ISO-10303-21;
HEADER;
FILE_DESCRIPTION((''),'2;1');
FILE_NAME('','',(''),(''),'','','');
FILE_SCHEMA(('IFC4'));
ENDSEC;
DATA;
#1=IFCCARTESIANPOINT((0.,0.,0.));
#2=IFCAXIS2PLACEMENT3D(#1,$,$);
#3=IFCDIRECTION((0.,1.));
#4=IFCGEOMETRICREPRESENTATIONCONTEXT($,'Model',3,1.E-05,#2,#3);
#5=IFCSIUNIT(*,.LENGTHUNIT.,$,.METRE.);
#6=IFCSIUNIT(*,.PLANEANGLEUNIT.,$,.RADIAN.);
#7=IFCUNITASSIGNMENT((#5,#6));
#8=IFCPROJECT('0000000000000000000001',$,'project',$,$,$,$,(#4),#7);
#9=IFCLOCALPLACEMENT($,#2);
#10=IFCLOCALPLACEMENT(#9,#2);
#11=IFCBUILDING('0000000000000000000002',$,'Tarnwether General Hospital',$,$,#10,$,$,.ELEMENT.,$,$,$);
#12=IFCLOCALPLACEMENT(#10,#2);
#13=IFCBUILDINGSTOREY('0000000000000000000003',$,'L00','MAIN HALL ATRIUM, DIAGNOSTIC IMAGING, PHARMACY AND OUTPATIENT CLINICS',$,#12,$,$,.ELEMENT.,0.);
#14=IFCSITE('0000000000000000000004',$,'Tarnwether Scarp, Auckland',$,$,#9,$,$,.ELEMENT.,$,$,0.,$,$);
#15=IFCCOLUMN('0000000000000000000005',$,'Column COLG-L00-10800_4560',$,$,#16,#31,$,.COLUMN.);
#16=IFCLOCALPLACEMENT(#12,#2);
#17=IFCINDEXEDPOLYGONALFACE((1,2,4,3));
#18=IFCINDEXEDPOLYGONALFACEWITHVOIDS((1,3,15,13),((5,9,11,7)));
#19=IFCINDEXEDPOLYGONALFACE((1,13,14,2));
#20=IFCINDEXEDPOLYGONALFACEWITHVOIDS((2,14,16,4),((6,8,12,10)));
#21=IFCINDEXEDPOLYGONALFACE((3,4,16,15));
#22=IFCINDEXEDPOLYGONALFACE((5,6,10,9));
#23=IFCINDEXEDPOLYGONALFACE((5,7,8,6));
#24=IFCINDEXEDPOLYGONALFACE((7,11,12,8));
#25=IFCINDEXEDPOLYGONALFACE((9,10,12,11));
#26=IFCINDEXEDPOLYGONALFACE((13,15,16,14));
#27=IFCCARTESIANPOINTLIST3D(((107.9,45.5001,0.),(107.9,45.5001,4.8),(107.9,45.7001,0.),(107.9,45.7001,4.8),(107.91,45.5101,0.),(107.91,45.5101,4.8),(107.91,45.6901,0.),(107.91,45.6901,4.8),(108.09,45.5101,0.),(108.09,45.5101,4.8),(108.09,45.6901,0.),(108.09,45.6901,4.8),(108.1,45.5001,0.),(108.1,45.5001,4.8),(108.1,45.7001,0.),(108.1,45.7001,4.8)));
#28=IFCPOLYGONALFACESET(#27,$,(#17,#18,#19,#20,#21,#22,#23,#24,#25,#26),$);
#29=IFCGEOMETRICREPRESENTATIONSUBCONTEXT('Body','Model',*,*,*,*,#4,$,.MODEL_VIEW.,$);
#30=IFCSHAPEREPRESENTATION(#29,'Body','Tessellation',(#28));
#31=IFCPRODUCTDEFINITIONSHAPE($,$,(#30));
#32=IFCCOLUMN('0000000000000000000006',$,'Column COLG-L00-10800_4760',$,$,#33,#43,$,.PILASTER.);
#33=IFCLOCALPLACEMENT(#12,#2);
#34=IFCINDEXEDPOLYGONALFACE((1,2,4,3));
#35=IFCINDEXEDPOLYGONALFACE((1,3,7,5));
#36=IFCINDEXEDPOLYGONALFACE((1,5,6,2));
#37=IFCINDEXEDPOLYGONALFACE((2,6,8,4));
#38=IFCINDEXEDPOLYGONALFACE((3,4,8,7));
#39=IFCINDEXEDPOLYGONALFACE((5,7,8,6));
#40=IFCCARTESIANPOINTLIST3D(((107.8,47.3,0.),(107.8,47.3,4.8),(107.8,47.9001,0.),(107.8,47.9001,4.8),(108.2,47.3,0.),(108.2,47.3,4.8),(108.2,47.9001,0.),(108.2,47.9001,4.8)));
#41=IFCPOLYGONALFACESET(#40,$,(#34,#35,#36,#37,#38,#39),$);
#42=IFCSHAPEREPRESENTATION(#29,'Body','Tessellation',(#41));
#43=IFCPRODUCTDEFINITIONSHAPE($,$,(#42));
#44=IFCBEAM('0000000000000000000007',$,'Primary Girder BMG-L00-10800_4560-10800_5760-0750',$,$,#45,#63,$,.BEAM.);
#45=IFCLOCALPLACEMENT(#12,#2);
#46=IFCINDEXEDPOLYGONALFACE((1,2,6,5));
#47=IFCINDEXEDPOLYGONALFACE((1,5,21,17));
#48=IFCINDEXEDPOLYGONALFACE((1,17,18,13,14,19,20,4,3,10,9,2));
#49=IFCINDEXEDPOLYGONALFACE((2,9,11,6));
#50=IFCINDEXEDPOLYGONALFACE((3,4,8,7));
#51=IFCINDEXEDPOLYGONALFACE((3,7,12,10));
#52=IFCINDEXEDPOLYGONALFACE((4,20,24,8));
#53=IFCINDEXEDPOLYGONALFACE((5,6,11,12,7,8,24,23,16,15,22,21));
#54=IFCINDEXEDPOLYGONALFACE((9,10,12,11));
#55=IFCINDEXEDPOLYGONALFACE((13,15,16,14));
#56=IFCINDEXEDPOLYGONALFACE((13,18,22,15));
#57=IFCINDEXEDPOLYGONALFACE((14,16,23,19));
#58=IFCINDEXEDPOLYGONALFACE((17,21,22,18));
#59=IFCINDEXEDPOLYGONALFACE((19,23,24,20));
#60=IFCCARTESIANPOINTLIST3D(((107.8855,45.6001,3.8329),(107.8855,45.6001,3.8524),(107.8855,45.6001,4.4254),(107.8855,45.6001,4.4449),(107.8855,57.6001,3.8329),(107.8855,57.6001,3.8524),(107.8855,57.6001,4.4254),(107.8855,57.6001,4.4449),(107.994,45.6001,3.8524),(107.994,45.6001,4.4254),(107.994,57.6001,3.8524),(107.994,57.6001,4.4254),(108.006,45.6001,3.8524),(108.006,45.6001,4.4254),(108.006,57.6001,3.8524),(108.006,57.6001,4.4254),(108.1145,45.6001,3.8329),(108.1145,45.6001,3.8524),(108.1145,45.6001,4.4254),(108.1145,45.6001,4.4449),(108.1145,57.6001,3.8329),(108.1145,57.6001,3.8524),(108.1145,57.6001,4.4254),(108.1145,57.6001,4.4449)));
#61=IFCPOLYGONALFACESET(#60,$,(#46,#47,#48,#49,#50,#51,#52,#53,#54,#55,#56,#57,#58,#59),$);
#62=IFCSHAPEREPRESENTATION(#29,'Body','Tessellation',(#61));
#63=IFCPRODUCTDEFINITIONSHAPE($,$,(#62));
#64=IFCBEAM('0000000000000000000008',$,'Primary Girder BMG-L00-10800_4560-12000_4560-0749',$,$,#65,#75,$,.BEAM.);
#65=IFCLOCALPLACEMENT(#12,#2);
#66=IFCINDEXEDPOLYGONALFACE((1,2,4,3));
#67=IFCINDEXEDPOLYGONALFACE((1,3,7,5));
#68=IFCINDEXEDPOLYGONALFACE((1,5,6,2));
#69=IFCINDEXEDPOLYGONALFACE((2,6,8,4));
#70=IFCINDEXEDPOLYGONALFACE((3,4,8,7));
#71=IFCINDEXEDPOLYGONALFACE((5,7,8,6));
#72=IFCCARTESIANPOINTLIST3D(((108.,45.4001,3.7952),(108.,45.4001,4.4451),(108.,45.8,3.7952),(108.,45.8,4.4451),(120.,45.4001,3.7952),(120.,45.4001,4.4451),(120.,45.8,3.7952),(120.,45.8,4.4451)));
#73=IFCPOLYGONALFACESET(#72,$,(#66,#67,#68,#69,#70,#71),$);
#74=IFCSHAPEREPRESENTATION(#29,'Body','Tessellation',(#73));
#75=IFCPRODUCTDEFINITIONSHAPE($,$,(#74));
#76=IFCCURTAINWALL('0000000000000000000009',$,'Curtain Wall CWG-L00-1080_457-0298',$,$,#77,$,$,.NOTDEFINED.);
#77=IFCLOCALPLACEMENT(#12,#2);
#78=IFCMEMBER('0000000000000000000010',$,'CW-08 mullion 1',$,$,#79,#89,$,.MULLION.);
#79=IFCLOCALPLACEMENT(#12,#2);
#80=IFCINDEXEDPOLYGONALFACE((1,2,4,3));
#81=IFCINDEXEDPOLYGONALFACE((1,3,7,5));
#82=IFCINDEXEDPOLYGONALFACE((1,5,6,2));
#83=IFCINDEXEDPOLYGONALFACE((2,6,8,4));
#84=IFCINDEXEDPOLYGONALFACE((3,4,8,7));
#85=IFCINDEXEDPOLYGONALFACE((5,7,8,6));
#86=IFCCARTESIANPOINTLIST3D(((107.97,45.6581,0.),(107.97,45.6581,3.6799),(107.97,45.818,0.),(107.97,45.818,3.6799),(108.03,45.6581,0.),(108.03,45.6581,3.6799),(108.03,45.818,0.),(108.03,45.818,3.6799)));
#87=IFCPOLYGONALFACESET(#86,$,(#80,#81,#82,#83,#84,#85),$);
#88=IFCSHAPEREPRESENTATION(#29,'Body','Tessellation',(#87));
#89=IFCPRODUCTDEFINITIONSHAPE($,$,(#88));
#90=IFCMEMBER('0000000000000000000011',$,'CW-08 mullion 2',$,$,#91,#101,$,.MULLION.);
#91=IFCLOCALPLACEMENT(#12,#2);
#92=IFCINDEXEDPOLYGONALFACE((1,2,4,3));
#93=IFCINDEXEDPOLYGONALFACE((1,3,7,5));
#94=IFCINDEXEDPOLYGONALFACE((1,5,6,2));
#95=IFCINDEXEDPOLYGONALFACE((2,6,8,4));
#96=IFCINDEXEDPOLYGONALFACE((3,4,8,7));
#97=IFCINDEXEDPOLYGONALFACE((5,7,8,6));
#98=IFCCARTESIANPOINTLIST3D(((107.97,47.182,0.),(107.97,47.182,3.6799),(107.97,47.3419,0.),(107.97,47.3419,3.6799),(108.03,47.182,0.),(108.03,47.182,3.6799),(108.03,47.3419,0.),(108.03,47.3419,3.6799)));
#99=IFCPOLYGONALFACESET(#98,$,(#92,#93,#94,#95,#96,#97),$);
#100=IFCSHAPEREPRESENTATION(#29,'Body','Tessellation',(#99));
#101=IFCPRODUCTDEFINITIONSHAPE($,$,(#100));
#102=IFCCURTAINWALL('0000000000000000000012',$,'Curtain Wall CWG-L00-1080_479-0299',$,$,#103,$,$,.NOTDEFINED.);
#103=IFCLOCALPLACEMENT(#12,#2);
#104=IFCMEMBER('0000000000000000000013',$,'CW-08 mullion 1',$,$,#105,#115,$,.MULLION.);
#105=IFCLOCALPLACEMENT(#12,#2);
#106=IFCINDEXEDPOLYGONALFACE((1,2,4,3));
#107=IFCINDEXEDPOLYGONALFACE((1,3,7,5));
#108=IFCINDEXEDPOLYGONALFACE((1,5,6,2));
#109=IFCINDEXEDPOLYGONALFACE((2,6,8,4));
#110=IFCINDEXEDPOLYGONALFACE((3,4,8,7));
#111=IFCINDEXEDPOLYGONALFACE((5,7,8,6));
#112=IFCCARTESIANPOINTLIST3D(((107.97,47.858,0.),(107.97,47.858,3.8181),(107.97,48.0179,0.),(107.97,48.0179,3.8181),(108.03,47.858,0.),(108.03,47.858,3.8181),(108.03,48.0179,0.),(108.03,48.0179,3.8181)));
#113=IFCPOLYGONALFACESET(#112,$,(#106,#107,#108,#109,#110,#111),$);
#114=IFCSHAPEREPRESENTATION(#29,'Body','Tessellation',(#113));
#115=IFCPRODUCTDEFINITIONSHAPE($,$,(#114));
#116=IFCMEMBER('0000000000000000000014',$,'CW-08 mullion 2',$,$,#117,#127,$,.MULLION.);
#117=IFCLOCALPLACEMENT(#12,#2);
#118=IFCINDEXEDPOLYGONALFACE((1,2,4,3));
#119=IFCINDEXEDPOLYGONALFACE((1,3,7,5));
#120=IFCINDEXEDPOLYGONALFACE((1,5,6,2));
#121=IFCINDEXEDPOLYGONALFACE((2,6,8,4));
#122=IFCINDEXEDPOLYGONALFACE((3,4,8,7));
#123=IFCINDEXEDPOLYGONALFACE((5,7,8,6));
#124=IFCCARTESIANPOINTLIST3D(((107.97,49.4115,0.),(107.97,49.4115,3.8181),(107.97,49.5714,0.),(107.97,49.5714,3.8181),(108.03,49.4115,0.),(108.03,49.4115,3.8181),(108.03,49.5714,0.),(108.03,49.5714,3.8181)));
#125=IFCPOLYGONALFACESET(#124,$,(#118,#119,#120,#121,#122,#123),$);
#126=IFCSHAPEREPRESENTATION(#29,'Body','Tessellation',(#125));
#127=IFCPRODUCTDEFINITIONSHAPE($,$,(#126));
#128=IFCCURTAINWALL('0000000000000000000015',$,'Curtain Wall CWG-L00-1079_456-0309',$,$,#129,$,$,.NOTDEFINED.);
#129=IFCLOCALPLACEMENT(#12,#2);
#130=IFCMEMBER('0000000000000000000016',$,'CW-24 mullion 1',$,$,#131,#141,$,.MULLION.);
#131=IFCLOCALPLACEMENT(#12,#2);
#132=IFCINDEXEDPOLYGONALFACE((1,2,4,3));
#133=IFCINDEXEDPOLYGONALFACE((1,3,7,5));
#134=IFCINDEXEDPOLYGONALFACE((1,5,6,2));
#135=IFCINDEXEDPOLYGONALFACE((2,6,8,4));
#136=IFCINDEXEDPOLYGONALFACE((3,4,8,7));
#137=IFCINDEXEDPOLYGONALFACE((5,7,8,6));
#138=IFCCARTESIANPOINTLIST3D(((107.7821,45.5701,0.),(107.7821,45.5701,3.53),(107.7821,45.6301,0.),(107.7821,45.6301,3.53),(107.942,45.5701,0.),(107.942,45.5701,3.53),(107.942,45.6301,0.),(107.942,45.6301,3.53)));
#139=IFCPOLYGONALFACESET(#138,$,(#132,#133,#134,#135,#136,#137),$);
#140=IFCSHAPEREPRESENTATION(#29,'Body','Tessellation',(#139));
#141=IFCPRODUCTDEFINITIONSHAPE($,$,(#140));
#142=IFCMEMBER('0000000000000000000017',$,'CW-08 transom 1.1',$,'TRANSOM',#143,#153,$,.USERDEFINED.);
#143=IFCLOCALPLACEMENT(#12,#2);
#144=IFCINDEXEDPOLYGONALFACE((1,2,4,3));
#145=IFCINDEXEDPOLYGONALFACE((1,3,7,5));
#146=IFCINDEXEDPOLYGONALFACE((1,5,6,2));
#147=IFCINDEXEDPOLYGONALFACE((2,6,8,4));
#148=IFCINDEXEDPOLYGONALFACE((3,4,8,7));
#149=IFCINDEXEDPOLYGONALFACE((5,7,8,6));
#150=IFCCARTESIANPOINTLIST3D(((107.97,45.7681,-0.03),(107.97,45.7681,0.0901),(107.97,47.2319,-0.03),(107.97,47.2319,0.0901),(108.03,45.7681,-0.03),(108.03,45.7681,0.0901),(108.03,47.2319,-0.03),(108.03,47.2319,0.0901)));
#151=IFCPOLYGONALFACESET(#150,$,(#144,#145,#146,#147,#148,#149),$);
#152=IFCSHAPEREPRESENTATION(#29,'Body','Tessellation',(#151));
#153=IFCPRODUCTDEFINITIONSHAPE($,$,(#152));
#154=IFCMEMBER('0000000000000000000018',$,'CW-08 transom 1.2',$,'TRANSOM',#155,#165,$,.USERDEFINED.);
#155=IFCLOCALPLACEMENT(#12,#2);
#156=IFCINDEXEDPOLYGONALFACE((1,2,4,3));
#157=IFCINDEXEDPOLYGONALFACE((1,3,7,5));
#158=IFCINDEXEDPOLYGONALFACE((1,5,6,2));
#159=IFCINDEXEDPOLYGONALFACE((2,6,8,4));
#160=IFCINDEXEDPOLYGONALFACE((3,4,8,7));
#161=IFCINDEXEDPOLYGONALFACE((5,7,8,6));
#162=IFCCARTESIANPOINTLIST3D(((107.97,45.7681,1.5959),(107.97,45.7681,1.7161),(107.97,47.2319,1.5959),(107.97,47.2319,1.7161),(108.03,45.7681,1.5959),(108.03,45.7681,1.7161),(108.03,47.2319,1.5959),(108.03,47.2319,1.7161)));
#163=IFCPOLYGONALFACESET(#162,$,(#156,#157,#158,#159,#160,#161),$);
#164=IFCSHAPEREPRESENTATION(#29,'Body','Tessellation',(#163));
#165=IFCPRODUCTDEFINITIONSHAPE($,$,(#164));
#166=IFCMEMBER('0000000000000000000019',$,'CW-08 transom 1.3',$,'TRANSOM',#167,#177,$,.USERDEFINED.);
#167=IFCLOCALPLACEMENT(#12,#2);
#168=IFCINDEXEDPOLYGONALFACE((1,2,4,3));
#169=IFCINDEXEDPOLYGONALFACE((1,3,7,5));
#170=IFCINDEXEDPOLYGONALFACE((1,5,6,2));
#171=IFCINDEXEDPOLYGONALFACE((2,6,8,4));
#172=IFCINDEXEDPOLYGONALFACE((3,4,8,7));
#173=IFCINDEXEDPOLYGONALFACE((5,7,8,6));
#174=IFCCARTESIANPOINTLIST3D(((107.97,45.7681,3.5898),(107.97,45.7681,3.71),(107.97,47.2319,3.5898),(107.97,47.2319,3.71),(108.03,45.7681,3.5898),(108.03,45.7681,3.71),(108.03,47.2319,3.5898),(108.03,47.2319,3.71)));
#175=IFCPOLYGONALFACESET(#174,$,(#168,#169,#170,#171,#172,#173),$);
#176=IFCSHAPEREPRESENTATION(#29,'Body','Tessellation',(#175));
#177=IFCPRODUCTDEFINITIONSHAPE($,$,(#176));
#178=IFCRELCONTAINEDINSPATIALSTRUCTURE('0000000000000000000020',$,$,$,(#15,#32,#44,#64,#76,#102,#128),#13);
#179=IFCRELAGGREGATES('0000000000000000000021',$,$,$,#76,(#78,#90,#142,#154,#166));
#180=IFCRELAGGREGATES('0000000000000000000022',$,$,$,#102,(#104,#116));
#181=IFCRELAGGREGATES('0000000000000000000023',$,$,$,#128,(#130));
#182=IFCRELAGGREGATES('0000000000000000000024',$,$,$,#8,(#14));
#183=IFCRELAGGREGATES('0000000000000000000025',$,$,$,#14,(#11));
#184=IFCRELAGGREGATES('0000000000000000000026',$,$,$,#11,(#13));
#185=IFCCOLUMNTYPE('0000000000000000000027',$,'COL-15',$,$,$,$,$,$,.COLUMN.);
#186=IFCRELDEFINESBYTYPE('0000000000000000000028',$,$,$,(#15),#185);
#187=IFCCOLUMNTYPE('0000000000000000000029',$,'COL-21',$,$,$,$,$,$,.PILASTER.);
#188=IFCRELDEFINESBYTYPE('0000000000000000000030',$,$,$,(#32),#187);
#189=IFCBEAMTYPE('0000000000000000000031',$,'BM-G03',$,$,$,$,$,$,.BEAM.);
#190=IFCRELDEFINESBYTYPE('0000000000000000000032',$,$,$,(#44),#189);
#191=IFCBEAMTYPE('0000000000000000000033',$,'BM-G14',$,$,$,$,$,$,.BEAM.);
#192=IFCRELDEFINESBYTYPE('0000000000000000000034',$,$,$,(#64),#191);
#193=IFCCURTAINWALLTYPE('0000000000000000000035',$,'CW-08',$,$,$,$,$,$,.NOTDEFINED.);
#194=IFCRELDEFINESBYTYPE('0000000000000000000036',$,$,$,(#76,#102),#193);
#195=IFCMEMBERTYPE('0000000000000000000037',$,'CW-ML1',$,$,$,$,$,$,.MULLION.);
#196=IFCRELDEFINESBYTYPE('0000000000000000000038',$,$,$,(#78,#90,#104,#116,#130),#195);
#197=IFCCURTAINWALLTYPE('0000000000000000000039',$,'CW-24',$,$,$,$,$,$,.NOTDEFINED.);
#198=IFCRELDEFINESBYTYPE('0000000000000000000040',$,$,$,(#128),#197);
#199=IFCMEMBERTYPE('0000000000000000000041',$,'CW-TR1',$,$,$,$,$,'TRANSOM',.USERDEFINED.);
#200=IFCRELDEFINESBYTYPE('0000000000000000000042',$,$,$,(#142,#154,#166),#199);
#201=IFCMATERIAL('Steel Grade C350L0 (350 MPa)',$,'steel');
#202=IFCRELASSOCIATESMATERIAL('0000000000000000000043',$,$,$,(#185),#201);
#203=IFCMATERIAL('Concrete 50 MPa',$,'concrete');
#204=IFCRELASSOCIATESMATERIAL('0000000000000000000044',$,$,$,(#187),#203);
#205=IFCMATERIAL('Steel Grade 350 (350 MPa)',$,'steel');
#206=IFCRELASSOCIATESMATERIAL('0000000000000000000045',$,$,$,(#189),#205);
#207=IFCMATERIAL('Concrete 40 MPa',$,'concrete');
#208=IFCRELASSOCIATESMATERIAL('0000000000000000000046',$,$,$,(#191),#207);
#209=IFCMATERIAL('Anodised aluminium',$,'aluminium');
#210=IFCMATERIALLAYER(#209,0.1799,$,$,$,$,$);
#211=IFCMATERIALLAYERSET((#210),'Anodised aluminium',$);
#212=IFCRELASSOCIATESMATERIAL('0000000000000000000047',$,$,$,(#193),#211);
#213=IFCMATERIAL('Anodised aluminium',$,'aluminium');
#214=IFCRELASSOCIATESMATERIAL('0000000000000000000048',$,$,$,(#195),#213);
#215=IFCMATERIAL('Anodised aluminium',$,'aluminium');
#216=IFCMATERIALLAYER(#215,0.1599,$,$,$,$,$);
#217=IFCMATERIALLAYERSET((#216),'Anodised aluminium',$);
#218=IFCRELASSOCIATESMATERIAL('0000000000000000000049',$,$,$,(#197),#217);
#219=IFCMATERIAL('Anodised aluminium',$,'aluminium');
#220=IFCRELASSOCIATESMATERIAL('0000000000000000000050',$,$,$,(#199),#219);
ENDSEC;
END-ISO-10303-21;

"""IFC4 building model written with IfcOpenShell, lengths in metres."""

from ifc_helpers import new_model, si_unit, direction, frame, origin, origin_2d, place, context, subcontext, project, spatial, rectangle, hollow_rectangle, i_section, extrude, material, layer, layer_set, material_profile, profile_set, type_object, element, aggregate, save


model = new_model("IFC4")

# Units and contexts
model_context = context("Model", 3, precision=1e-05, world=origin(), true_north=direction((0.0, 1.0)))
body_context = subcontext(model_context, "Body", "Model", "MODEL_VIEW")
ifc_project = project(units=[si_unit("LENGTHUNIT", "METRE"), si_unit("PLANEANGLEUNIT", "RADIAN")], contexts=[model_context])

# Site, building, storey
site_placement = place(None, origin())
site = spatial("IfcSite", under=ifc_project, at=site_placement, Name="Tarnwether Scarp, Auckland", CompositionType="ELEMENT", RefElevation=0.0)
building_placement = place(site_placement, origin())
building = spatial("IfcBuilding", under=site, at=building_placement, Name="Tarnwether General Hospital", CompositionType="ELEMENT")
storey_placement = place(building_placement, origin())
storey = spatial("IfcBuildingStorey", under=building, at=storey_placement, Name="L00", Description="MAIN HALL ATRIUM, DIAGNOSTIC IMAGING, PHARMACY AND OUTPATIENT CLINICS", CompositionType="ELEMENT", Elevation=0.0)

# Columns
ifc_material_1 = material(Name="Steel Grade C350L0 (350 MPa)", Category="steel")
ifc_material_profile_1 = material_profile(ifc_material_1, hollow_rectangle(XDim=0.2, YDim=0.2, WallThickness=0.01, at=origin_2d()), Name="SHS200x200x10")
ifc_profile_set_1 = profile_set([ifc_material_profile_1], Name="Steel Grade C350L0 (350 MPa)")
column_type_1 = type_object("IfcColumnType", Name="COL-15", PredefinedType="COLUMN", material=ifc_profile_set_1)
column_1_placement = place(storey_placement, frame((108.0, 45.6001, 0.0), z_axis=(0.0, 0.0, 1.0), x_axis=(0.0, 1.0, 0.0)))
element("IfcColumn", 1, at=column_1_placement, inside=storey, type_object=column_type_1, Name="Column COLG-L00-10800_4560", PredefinedType="COLUMN", context=body_context, shape_type="SweptSolid", body=[
    extrude(hollow_rectangle(XDim=0.2, YDim=0.2, WallThickness=0.01, at=origin_2d()), origin(), (0.0, 0.0, 1.0), 4.8),
])
ifc_material_2 = material(Name="Concrete 50 MPa", Category="concrete")
ifc_material_profile_2 = material_profile(ifc_material_2, rectangle(XDim=0.3999, YDim=0.6001, at=origin_2d()), Name="RC-PIL-400x600")
ifc_profile_set_2 = profile_set([ifc_material_profile_2], Name="Concrete 50 MPa")
column_type_2 = type_object("IfcColumnType", Name="COL-21", PredefinedType="PILASTER", material=ifc_profile_set_2)
column_2_placement = place(storey_placement, frame((108.0, 47.6001, 0.0), z_axis=(0.0, 0.0, 1.0), x_axis=(1.0, 0.0, 0.0)))
element("IfcColumn", 2, at=column_2_placement, inside=storey, type_object=column_type_2, Name="Column COLG-L00-10800_4760", PredefinedType="PILASTER", context=body_context, shape_type="SweptSolid", body=[
    extrude(rectangle(XDim=0.3999, YDim=0.6001, at=origin_2d()), origin(), (0.0, 0.0, 1.0), 4.8),
])

# Beams
ifc_material_3 = material(Name="Steel Grade 350 (350 MPa)", Category="steel")
ifc_material_profile_3 = material_profile(ifc_material_3, i_section(OverallWidth=0.229, OverallDepth=0.6121, WebThickness=0.012, FlangeThickness=0.0195, at=origin_2d()), Name="610UB125")
ifc_profile_set_3 = profile_set([ifc_material_profile_3], Name="Steel Grade 350 (350 MPa)")
beam_type_1 = type_object("IfcBeamType", Name="BM-G03", PredefinedType="BEAM", material=ifc_profile_set_3)
beam_1_placement = place(storey_placement, frame((108.0, 45.6001, 4.1389), z_axis=(0.0, 1.0, 0.0), x_axis=(-1.0, 0.0, 0.0)))
element("IfcBeam", 3, at=beam_1_placement, inside=storey, type_object=beam_type_1, Name="Primary Girder BMG-L00-10800_4560-10800_5760-0750", PredefinedType="BEAM", context=body_context, shape_type="SweptSolid", body=[
    extrude(i_section(OverallWidth=0.229, OverallDepth=0.6121, WebThickness=0.012, FlangeThickness=0.0195, at=origin_2d()), origin(), (0.0, 0.0, 1.0), 12.0),
])
ifc_material_4 = material(Name="Concrete 40 MPa", Category="concrete")
ifc_material_profile_4 = material_profile(ifc_material_4, rectangle(XDim=0.3999, YDim=0.6499, at=origin_2d()), Name="RC-BM-400x650")
ifc_profile_set_4 = profile_set([ifc_material_profile_4], Name="Concrete 40 MPa")
beam_type_2 = type_object("IfcBeamType", Name="BM-G14", PredefinedType="BEAM", material=ifc_profile_set_4)
beam_2_placement = place(storey_placement, frame((108.0, 45.6001, 4.1201), z_axis=(1.0, 0.0, 0.0), x_axis=(0.0, 1.0, 0.0)))
element("IfcBeam", 4, at=beam_2_placement, inside=storey, type_object=beam_type_2, Name="Primary Girder BMG-L00-10800_4560-12000_4560-0749", PredefinedType="BEAM", context=body_context, shape_type="SweptSolid", body=[
    extrude(rectangle(XDim=0.3999, YDim=0.6499, at=origin_2d()), origin(), (0.0, 0.0, 1.0), 12.0),
])

# Curtain walls, members
ifc_material_5 = material(Name="Anodised aluminium", Category="aluminium")
ifc_layer_1 = layer(ifc_material_5, 0.1799)
ifc_layer_set_1 = layer_set([ifc_layer_1], Name="Anodised aluminium")
curtain_wall_type_1 = type_object("IfcCurtainWallType", Name="CW-08", PredefinedType="NOTDEFINED", material=ifc_layer_set_1)
curtain_wall_1_placement = place(storey_placement, origin())
curtain_wall_1 = element("IfcCurtainWall", 5, at=curtain_wall_1_placement, inside=storey, type_object=curtain_wall_type_1, Name="Curtain Wall CWG-L00-1080_457-0298", PredefinedType="NOTDEFINED")
ifc_material_6 = material(Name="Anodised aluminium", Category="aluminium")
ifc_material_profile_5 = material_profile(ifc_material_6, rectangle(XDim=0.0601, YDim=0.1599, at=origin_2d()), Name="ALU-MUL-60x160")
ifc_profile_set_5 = profile_set([ifc_material_profile_5], Name="Anodised aluminium")
member_type_1 = type_object("IfcMemberType", Name="CW-ML1", PredefinedType="MULLION", material=ifc_profile_set_5)
member_1_placement = place(storey_placement, frame((108.0, 45.738, 0.0), z_axis=(0.0, 0.0, 1.0), x_axis=(-1.0, 0.0, 0.0)))
member_1 = element("IfcMember", 6, at=member_1_placement, type_object=member_type_1, Name="CW-08 mullion 1", PredefinedType="MULLION", context=body_context, shape_type="SweptSolid", body=[
    extrude(rectangle(XDim=0.0601, YDim=0.1599, at=origin_2d()), origin(), (0.0, 0.0, 1.0), 3.6799),
])
member_2_placement = place(storey_placement, frame((108.0, 47.262, 0.0), z_axis=(0.0, 0.0, 1.0), x_axis=(-1.0, 0.0, 0.0)))
member_2 = element("IfcMember", 7, at=member_2_placement, type_object=member_type_1, Name="CW-08 mullion 2", PredefinedType="MULLION", context=body_context, shape_type="SweptSolid", body=[
    extrude(rectangle(XDim=0.0601, YDim=0.1599, at=origin_2d()), origin(), (0.0, 0.0, 1.0), 3.6799),
])
curtain_wall_2_placement = place(storey_placement, origin())
curtain_wall_2 = element("IfcCurtainWall", 8, at=curtain_wall_2_placement, inside=storey, type_object=curtain_wall_type_1, Name="Curtain Wall CWG-L00-1080_479-0299", PredefinedType="NOTDEFINED")
member_3_placement = place(storey_placement, frame((108.0, 47.938, 0.0), z_axis=(0.0, 0.0, 1.0), x_axis=(-1.0, 0.0, 0.0)))
member_3 = element("IfcMember", 9, at=member_3_placement, type_object=member_type_1, Name="CW-08 mullion 1", PredefinedType="MULLION", context=body_context, shape_type="SweptSolid", body=[
    extrude(rectangle(XDim=0.0601, YDim=0.1599, at=origin_2d()), origin(), (0.0, 0.0, 1.0), 3.8181),
])
member_4_placement = place(storey_placement, frame((108.0, 49.4915, 0.0), z_axis=(0.0, 0.0, 1.0), x_axis=(-1.0, 0.0, 0.0)))
member_4 = element("IfcMember", 10, at=member_4_placement, type_object=member_type_1, Name="CW-08 mullion 2", PredefinedType="MULLION", context=body_context, shape_type="SweptSolid", body=[
    extrude(rectangle(XDim=0.0601, YDim=0.1599, at=origin_2d()), origin(), (0.0, 0.0, 1.0), 3.8181),
])

# Curtain wall, member
ifc_material_7 = material(Name="Anodised aluminium", Category="aluminium")
ifc_layer_2 = layer(ifc_material_7, 0.1599)
ifc_layer_set_2 = layer_set([ifc_layer_2], Name="Anodised aluminium")
curtain_wall_type_2 = type_object("IfcCurtainWallType", Name="CW-24", PredefinedType="NOTDEFINED", material=ifc_layer_set_2)
curtain_wall_3_placement = place(storey_placement, origin())
curtain_wall_3 = element("IfcCurtainWall", 11, at=curtain_wall_3_placement, inside=storey, type_object=curtain_wall_type_2, Name="Curtain Wall CWG-L00-1079_456-0309", PredefinedType="NOTDEFINED")
member_5_placement = place(storey_placement, frame((107.8621, 45.6001, 0.0), z_axis=(0.0, 0.0, 1.0), x_axis=(0.0, -1.0, 0.0)))
member_5 = element("IfcMember", 12, at=member_5_placement, type_object=member_type_1, Name="CW-24 mullion 1", PredefinedType="MULLION", context=body_context, shape_type="SweptSolid", body=[
    extrude(rectangle(XDim=0.0601, YDim=0.1599, at=origin_2d()), origin(), (0.0, 0.0, 1.0), 3.53),
])

# Members
ifc_material_8 = material(Name="Anodised aluminium", Category="aluminium")
ifc_material_profile_6 = material_profile(ifc_material_8, rectangle(XDim=0.0601, YDim=0.1201, at=origin_2d()), Name="ALU-TRN-60x120")
ifc_profile_set_6 = profile_set([ifc_material_profile_6], Name="Anodised aluminium")
member_type_2 = type_object("IfcMemberType", Name="CW-TR1", ElementType="TRANSOM", PredefinedType="USERDEFINED", material=ifc_profile_set_6)
member_6_placement = place(storey_placement, frame((108.0, 45.7681, 0.03), z_axis=(0.0, 1.0, 0.0), x_axis=(-1.0, 0.0, 0.0)))
member_6 = element("IfcMember", 13, at=member_6_placement, type_object=member_type_2, Name="CW-08 transom 1.1", ObjectType="TRANSOM", PredefinedType="USERDEFINED", context=body_context, shape_type="SweptSolid", body=[
    extrude(rectangle(XDim=0.0601, YDim=0.1201, at=origin_2d()), origin(), (0.0, 0.0, 1.0), 1.4639),
])
member_7_placement = place(storey_placement, frame((108.0, 45.7681, 1.656), z_axis=(0.0, 1.0, 0.0), x_axis=(-1.0, 0.0, 0.0)))
member_7 = element("IfcMember", 14, at=member_7_placement, type_object=member_type_2, Name="CW-08 transom 1.2", ObjectType="TRANSOM", PredefinedType="USERDEFINED", context=body_context, shape_type="SweptSolid", body=[
    extrude(rectangle(XDim=0.0601, YDim=0.1201, at=origin_2d()), origin(), (0.0, 0.0, 1.0), 1.4639),
])
member_8_placement = place(storey_placement, frame((108.0, 45.7681, 3.6499), z_axis=(0.0, 1.0, 0.0), x_axis=(-1.0, 0.0, 0.0)))
member_8 = element("IfcMember", 15, at=member_8_placement, type_object=member_type_2, Name="CW-08 transom 1.3", ObjectType="TRANSOM", PredefinedType="USERDEFINED", context=body_context, shape_type="SweptSolid", body=[
    extrude(rectangle(XDim=0.0601, YDim=0.1201, at=origin_2d()), origin(), (0.0, 0.0, 1.0), 1.4639),
])

aggregate(curtain_wall_1, [member_1, member_2, member_6, member_7, member_8])
aggregate(curtain_wall_2, [member_3, member_4])
aggregate(curtain_wall_3, [member_5])

save(model, "model.ifc")
